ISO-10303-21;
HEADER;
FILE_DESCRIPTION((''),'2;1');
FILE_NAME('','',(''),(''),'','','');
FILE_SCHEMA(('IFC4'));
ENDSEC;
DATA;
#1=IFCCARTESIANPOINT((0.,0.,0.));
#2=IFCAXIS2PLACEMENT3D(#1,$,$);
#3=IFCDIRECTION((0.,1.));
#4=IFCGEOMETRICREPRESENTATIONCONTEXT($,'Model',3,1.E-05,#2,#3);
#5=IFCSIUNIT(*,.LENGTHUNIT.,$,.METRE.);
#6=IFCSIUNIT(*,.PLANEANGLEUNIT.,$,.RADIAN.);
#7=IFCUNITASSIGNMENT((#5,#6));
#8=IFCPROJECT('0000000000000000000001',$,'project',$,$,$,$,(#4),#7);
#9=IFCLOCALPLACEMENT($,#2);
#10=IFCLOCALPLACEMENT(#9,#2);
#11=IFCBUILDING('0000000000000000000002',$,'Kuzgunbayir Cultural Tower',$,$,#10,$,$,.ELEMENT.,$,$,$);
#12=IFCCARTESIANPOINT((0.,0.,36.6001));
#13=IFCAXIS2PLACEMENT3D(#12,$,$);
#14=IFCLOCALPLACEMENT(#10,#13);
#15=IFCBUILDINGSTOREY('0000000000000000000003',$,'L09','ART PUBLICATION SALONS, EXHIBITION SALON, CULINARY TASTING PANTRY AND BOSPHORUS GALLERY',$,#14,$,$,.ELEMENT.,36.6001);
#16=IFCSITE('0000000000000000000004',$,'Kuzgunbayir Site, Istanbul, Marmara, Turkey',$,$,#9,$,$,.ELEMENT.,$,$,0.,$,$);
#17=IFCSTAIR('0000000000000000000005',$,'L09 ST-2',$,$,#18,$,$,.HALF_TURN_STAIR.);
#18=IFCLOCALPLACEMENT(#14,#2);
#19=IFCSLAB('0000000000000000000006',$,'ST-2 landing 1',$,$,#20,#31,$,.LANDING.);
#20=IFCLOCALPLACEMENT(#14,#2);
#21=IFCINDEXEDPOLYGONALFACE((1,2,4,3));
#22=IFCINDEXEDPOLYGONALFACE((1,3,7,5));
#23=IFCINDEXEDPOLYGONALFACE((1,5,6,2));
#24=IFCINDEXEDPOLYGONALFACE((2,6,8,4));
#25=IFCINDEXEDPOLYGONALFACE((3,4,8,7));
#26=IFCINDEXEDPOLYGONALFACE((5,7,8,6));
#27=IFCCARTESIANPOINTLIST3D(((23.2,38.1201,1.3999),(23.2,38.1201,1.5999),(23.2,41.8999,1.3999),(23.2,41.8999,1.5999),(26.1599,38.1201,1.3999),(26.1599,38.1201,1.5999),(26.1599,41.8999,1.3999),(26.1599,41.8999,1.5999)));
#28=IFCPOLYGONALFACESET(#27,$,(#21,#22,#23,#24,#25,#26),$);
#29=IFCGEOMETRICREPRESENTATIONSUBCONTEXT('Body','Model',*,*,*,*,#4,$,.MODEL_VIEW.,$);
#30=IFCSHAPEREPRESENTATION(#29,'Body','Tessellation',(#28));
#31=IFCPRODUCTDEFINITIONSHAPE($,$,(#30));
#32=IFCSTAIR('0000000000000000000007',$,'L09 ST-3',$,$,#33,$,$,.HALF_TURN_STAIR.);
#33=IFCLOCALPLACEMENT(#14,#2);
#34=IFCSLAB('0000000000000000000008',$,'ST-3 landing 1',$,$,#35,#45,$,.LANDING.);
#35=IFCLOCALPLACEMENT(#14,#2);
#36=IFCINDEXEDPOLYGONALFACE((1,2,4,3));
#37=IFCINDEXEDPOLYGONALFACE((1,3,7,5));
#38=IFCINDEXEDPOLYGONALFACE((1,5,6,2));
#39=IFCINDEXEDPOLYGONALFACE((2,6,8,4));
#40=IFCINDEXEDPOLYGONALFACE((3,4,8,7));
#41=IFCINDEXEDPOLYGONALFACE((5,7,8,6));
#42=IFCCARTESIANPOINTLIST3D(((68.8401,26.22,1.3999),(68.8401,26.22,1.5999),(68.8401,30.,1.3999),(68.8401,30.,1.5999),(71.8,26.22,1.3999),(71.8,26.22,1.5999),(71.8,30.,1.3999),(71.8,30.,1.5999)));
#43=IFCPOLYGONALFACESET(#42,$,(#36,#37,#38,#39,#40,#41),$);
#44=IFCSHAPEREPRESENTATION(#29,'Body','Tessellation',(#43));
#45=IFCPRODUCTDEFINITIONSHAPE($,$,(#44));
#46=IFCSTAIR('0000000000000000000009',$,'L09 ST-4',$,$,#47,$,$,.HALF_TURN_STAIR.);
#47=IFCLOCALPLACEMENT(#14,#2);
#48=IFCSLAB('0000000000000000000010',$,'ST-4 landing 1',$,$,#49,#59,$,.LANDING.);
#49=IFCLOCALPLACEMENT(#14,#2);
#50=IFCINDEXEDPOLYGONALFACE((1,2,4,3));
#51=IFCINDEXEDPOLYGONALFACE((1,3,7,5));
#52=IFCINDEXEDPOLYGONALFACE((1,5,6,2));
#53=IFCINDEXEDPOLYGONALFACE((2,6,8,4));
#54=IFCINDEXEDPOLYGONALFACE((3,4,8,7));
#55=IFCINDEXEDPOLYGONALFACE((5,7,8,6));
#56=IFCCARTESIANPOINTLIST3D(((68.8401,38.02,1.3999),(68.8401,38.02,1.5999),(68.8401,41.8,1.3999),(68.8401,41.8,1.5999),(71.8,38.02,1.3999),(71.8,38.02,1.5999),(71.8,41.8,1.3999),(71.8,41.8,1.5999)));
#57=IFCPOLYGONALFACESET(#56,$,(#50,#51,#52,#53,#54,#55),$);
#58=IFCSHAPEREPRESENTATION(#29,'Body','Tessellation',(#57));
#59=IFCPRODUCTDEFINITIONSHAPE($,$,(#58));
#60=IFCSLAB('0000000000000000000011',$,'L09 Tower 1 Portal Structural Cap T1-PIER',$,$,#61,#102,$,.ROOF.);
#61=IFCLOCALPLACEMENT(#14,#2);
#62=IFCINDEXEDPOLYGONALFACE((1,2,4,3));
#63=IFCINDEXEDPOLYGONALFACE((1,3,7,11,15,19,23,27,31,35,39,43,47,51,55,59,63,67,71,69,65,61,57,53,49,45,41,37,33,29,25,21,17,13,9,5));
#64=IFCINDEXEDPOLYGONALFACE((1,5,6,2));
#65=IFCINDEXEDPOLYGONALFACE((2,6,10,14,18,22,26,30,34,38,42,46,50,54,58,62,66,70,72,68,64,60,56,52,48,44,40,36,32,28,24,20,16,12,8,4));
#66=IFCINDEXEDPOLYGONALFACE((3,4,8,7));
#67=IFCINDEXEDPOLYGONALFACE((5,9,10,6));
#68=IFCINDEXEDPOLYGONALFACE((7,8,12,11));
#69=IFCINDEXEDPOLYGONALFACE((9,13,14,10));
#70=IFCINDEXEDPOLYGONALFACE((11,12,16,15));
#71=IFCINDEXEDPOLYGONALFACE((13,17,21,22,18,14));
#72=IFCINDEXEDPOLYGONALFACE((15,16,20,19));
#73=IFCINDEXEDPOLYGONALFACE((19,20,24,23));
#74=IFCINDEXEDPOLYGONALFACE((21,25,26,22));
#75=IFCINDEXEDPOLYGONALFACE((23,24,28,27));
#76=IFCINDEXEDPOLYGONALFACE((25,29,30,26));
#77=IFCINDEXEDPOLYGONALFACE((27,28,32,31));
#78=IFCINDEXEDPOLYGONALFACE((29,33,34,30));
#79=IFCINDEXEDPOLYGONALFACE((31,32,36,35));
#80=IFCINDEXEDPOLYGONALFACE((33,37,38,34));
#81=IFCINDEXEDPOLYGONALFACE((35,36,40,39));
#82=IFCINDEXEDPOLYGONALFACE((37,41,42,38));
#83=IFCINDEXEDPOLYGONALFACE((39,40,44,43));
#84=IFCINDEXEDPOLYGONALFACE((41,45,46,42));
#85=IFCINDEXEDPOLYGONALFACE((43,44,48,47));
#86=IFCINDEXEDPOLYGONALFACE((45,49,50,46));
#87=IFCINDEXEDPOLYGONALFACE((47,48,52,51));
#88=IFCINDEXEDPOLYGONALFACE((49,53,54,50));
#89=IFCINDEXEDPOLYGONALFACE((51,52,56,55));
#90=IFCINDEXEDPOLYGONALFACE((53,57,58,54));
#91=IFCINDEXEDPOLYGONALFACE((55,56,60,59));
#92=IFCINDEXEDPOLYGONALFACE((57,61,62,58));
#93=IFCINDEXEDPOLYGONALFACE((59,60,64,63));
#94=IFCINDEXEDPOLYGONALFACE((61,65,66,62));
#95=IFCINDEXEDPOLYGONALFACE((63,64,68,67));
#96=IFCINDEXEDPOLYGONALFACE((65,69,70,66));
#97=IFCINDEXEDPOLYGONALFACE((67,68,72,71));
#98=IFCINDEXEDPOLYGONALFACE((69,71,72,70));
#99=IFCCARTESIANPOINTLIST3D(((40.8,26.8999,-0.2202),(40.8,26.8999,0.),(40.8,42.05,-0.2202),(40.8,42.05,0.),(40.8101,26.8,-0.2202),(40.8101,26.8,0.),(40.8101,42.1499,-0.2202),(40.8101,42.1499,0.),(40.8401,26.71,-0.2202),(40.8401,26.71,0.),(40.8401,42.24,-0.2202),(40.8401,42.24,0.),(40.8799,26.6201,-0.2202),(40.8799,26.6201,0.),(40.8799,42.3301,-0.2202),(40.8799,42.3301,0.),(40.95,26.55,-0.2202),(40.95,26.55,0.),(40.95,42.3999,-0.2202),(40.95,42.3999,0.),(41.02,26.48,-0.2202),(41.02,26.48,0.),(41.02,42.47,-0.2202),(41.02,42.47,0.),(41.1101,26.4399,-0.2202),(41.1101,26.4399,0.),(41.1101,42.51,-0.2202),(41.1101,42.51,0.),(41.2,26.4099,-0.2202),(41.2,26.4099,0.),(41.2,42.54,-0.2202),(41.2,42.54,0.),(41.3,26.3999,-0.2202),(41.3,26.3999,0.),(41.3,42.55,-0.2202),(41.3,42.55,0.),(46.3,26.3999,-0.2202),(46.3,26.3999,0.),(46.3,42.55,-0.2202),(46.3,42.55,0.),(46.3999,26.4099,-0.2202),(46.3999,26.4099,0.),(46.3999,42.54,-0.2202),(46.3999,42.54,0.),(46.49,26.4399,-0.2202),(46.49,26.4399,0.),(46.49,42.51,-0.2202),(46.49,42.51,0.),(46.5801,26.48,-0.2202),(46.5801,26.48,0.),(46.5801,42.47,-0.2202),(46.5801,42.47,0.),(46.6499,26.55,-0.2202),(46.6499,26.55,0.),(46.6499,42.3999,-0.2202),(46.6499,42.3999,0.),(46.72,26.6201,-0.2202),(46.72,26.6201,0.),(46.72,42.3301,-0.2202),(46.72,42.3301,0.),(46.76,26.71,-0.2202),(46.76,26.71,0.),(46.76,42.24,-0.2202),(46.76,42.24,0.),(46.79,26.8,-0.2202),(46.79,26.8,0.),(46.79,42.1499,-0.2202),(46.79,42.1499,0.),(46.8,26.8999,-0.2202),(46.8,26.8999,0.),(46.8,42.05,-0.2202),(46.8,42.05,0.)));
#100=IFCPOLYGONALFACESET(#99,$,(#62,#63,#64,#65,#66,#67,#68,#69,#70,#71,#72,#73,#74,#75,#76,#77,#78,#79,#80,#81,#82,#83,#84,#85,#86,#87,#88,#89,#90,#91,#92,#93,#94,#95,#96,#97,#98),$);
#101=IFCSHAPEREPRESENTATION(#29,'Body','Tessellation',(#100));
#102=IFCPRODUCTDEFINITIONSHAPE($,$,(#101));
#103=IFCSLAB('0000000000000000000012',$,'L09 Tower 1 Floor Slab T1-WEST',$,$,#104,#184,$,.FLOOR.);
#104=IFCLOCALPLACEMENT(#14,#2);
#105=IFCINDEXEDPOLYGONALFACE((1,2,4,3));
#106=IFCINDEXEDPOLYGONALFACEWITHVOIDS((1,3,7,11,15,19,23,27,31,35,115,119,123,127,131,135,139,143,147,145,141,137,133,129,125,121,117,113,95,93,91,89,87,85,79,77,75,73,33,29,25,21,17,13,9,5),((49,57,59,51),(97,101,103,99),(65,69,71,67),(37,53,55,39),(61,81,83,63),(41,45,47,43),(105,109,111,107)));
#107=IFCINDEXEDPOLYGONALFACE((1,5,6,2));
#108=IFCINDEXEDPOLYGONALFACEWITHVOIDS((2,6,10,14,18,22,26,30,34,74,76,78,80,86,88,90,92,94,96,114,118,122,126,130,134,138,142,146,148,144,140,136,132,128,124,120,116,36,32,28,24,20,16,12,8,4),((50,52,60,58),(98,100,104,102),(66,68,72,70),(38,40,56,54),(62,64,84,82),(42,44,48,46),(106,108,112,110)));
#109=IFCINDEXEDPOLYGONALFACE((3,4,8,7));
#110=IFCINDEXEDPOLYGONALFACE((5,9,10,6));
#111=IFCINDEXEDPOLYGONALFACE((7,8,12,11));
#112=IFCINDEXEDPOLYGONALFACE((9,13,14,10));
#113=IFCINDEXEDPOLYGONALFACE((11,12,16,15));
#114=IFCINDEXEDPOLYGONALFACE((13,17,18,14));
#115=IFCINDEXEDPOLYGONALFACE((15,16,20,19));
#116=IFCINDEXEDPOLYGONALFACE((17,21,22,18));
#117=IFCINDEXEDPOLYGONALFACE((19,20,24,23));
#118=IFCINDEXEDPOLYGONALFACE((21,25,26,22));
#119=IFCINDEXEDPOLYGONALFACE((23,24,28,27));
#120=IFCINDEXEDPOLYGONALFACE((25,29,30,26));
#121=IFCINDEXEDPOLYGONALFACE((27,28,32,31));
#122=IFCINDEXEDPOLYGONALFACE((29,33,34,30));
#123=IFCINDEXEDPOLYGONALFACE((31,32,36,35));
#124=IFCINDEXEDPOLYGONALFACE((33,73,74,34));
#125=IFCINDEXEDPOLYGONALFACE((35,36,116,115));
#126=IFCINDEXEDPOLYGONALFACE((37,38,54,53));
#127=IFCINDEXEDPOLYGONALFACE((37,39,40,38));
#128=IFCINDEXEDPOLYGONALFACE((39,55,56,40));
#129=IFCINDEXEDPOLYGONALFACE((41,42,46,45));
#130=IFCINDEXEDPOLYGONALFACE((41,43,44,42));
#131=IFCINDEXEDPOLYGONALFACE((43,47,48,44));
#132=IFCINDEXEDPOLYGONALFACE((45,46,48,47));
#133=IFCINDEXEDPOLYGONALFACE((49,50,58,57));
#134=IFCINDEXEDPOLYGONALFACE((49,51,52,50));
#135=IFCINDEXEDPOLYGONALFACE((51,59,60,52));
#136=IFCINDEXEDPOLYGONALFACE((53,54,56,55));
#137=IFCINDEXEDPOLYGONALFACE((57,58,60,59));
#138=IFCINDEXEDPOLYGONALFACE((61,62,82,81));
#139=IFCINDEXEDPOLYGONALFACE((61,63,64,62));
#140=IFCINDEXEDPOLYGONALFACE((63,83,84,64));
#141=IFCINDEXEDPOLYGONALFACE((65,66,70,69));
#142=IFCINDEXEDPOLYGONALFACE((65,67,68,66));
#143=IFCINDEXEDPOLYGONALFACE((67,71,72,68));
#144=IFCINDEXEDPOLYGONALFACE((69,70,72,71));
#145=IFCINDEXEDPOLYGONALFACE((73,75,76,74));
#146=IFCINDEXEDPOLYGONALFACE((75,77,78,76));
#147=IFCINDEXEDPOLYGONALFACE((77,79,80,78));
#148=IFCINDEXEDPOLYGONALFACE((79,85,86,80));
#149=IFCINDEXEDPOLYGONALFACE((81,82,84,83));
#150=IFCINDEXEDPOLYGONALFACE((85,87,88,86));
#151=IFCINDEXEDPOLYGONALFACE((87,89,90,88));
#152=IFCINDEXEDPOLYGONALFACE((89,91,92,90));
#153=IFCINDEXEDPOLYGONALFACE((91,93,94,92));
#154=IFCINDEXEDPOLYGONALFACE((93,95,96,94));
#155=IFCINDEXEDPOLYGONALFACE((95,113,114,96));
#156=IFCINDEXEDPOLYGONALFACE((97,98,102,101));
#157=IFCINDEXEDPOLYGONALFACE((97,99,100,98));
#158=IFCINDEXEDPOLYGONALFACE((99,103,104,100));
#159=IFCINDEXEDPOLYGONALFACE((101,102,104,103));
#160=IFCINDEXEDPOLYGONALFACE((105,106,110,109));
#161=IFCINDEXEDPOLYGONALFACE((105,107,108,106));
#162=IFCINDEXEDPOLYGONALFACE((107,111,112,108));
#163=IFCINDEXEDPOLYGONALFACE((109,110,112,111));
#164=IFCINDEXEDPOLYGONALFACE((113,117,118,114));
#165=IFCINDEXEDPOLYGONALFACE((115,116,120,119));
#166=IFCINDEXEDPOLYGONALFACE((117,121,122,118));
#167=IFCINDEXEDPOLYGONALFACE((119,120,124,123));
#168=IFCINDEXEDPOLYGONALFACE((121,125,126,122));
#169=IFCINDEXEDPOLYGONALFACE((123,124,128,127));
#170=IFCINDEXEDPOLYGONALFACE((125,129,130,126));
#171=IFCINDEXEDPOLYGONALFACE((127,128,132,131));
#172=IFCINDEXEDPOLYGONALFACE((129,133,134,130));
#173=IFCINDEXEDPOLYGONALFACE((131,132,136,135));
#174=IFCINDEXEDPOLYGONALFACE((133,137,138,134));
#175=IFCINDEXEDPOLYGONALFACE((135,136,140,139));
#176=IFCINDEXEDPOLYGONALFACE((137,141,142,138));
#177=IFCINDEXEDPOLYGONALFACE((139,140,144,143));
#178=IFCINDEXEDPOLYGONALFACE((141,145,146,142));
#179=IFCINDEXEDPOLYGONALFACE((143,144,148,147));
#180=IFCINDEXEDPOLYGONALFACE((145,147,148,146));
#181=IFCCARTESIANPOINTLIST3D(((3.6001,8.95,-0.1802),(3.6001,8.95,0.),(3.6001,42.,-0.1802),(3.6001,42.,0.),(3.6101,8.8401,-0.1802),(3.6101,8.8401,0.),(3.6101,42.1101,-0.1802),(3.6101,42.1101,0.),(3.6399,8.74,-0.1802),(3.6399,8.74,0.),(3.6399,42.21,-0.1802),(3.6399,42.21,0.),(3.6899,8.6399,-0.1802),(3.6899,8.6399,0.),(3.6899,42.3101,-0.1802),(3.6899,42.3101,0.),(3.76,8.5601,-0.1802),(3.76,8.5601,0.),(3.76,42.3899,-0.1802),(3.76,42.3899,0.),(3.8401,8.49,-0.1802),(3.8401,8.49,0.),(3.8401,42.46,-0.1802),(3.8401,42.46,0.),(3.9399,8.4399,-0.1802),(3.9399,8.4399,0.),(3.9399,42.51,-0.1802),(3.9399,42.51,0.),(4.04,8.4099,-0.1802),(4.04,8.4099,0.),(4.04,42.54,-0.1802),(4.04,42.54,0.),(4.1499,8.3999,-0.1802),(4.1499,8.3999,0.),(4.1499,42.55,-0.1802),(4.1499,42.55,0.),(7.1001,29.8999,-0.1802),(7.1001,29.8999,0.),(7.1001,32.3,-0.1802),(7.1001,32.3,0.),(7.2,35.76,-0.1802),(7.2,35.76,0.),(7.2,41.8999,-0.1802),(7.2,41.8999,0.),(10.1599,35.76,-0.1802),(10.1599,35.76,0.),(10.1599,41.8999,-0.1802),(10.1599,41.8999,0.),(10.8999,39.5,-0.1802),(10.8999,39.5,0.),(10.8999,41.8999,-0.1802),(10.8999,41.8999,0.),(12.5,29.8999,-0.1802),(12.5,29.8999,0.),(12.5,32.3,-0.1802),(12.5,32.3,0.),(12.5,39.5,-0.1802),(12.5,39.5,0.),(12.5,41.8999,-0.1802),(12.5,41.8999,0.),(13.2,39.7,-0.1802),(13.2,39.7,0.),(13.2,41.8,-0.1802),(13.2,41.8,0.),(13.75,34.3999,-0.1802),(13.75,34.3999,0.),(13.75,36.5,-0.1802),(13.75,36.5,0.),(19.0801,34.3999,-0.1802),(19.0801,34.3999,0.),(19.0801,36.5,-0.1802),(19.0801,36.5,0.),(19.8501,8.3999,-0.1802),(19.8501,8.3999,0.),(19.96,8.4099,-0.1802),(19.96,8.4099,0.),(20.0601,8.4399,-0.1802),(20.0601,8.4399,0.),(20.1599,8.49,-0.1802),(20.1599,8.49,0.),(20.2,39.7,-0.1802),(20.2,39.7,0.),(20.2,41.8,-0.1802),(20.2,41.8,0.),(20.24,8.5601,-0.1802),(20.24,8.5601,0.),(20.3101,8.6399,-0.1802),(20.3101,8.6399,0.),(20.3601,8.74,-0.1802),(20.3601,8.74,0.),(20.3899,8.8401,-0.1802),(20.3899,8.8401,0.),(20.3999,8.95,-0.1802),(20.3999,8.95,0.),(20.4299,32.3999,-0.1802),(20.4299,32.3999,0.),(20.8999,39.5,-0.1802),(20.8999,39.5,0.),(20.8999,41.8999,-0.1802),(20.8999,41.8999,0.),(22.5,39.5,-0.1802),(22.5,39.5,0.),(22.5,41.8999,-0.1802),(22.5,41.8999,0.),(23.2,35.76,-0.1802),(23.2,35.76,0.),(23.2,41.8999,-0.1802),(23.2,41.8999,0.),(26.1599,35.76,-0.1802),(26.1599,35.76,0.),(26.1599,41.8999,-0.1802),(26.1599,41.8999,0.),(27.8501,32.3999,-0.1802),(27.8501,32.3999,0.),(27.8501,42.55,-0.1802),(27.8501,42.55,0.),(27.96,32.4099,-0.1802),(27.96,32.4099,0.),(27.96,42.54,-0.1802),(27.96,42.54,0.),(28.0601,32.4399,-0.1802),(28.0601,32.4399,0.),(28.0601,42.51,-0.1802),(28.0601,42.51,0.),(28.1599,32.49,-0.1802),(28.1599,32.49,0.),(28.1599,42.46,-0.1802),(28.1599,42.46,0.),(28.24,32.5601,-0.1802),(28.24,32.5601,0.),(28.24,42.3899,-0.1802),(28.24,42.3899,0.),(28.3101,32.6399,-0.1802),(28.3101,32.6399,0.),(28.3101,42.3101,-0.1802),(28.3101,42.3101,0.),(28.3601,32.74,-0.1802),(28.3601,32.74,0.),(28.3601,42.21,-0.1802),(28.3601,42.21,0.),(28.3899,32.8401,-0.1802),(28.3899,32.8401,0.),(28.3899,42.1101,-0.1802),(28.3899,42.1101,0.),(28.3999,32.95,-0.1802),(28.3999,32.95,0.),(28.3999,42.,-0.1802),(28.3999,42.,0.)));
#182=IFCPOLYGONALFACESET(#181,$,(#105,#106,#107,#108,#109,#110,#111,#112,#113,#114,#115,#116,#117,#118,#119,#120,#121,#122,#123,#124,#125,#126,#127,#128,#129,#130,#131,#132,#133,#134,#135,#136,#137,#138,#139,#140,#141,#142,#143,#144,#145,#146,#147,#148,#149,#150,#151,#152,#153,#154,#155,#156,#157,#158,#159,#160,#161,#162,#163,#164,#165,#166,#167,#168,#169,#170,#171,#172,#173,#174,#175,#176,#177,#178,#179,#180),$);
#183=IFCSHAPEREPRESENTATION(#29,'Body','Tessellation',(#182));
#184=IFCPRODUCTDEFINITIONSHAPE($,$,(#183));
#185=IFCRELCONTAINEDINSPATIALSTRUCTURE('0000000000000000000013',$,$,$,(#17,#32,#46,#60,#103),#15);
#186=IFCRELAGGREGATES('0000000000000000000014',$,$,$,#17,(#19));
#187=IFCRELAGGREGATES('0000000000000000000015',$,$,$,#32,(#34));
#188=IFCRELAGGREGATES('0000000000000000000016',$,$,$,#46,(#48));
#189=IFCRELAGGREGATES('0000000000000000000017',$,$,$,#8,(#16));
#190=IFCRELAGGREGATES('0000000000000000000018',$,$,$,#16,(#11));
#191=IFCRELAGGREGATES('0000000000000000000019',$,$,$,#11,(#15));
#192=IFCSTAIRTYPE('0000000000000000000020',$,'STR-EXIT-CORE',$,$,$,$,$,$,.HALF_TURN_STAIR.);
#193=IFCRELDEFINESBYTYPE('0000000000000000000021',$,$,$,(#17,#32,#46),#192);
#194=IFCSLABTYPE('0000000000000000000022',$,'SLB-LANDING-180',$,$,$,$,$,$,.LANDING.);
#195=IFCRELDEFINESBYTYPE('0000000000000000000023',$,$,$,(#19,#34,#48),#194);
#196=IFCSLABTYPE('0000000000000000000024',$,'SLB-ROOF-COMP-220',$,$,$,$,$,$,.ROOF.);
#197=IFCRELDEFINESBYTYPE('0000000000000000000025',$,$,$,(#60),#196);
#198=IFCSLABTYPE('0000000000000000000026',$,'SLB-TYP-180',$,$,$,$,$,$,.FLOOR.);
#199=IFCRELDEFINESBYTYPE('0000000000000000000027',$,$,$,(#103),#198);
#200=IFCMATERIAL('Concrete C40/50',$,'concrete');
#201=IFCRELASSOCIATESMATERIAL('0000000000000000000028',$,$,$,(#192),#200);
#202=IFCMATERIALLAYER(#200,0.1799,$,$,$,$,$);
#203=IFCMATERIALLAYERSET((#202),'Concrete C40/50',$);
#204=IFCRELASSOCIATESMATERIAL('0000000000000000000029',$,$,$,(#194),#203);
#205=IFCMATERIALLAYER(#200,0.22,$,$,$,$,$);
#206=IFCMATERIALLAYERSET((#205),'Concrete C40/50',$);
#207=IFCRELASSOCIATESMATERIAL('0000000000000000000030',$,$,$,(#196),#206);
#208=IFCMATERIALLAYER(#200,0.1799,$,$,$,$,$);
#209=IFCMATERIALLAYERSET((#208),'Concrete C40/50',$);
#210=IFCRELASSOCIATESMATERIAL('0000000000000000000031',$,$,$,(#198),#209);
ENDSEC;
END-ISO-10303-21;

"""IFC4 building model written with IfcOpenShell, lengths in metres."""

from ifc_helpers import new_model, si_unit, direction, frame, origin, place, context, subcontext, project, spatial, polyline, outline, extrude, material, layer, layer_set, type_object, element, aggregate, save


model = new_model("IFC4")

# Units and contexts
model_context = context("Model", 3, precision=1e-05, world=origin(), true_north=direction((0.0, 1.0)))
body_context = subcontext(model_context, "Body", "Model", "MODEL_VIEW")
ifc_project = project(units=[si_unit("LENGTHUNIT", "METRE"), si_unit("PLANEANGLEUNIT", "RADIAN")], contexts=[model_context])

# Site, building, storey
site_placement = place(None, origin())
site = spatial("IfcSite", under=ifc_project, at=site_placement, Name="Kuzgunbayir Site, Istanbul, Marmara, Turkey", CompositionType="ELEMENT", RefElevation=0.0)
building_placement = place(site_placement, origin())
building = spatial("IfcBuilding", under=site, at=building_placement, Name="Kuzgunbayir Cultural Tower", CompositionType="ELEMENT")
storey_placement = place(building_placement, frame((0.0, 0.0, 36.6001)))
storey = spatial("IfcBuildingStorey", under=building, at=storey_placement, Name="L09", Description="ART PUBLICATION SALONS, EXHIBITION SALON, CULINARY TASTING PANTRY AND BOSPHORUS GALLERY", CompositionType="ELEMENT", Elevation=36.6001)

# Shared definitions
ifc_material_1 = material(Name="Concrete C40/50", Category="concrete")

# Stairs, slabs
stair_type = type_object("IfcStairType", Name="STR-EXIT-CORE", PredefinedType="HALF_TURN_STAIR", material=ifc_material_1)
ifc_layer_1 = layer(ifc_material_1, 0.1799)
ifc_layer_set_1 = layer_set([ifc_layer_1], Name="Concrete C40/50")
slab_type_1 = type_object("IfcSlabType", Name="SLB-LANDING-180", PredefinedType="LANDING", material=ifc_layer_set_1)
stair_1_placement = place(storey_placement, origin())
stair_1 = element("IfcStair", 1, at=stair_1_placement, inside=storey, type_object=stair_type, Name="L09 ST-2", PredefinedType="HALF_TURN_STAIR")
slab_1_placement = place(storey_placement, frame((0.0, 0.0, 1.3999)))
slab_1 = element("IfcSlab", 2, at=slab_1_placement, type_object=slab_type_1, Name="ST-2 landing 1", PredefinedType="LANDING", context=body_context, shape_type="SweptSolid", body=[
    extrude(outline(polyline([(26.1599, 38.1201), (26.1599, 41.8999), (23.2, 41.8999), (23.2, 38.1201), (26.1599, 38.1201)])), origin(), (0.0, 0.0, 1.0), 0.2),
])
aggregate(stair_1, [slab_1])
stair_2_placement = place(storey_placement, origin())
stair_2 = element("IfcStair", 3, at=stair_2_placement, inside=storey, type_object=stair_type, Name="L09 ST-3", PredefinedType="HALF_TURN_STAIR")
slab_2_placement = place(storey_placement, frame((0.0, 0.0, 1.3999)))
slab_2 = element("IfcSlab", 4, at=slab_2_placement, type_object=slab_type_1, Name="ST-3 landing 1", PredefinedType="LANDING", context=body_context, shape_type="SweptSolid", body=[
    extrude(outline(polyline([(71.8, 26.22), (71.8, 30.0), (68.8401, 30.0), (68.8401, 26.22), (71.8, 26.22)])), origin(), (0.0, 0.0, 1.0), 0.2),
])
aggregate(stair_2, [slab_2])
stair_3_placement = place(storey_placement, origin())
stair_3 = element("IfcStair", 5, at=stair_3_placement, inside=storey, type_object=stair_type, Name="L09 ST-4", PredefinedType="HALF_TURN_STAIR")
slab_3_placement = place(storey_placement, frame((0.0, 0.0, 1.3999)))
slab_3 = element("IfcSlab", 6, at=slab_3_placement, type_object=slab_type_1, Name="ST-4 landing 1", PredefinedType="LANDING", context=body_context, shape_type="SweptSolid", body=[
    extrude(outline(polyline([(71.8, 38.02), (71.8, 41.8), (68.8401, 41.8), (68.8401, 38.02), (71.8, 38.02)])), origin(), (0.0, 0.0, 1.0), 0.2),
])
aggregate(stair_3, [slab_3])

# Slabs
ifc_layer_2 = layer(ifc_material_1, 0.22)
ifc_layer_set_2 = layer_set([ifc_layer_2], Name="Concrete C40/50")
slab_type_2 = type_object("IfcSlabType", Name="SLB-ROOF-COMP-220", PredefinedType="ROOF", material=ifc_layer_set_2)
slab_4_placement = place(storey_placement, frame((0.0, 0.0, -0.2202)))
element("IfcSlab", 7, at=slab_4_placement, inside=storey, type_object=slab_type_2, Name="L09 Tower 1 Portal Structural Cap T1-PIER", PredefinedType="ROOF", context=body_context, shape_type="SweptSolid", body=[
    extrude(outline(polyline([(46.3, 26.3999), (46.3999, 26.4099), (46.49, 26.4399), (46.5801, 26.48), (46.6499, 26.55), (46.72, 26.6201), (46.76, 26.71), (46.79, 26.8), (46.8, 26.8999), (46.8, 42.05), (46.79, 42.1499), (46.76, 42.24), (46.72, 42.3301), (46.6499, 42.3999), (46.5801, 42.47), (46.49, 42.51), (46.3999, 42.54), (46.3, 42.55), (41.3, 42.55), (41.2, 42.54), (41.1101, 42.51), (41.02, 42.47), (40.95, 42.3999), (40.8799, 42.3301), (40.8401, 42.24), (40.8101, 42.1499), (40.8, 42.05), (40.8, 26.8999), (40.8101, 26.8), (40.8401, 26.71), (40.8799, 26.6201), (40.95, 26.55), (41.02, 26.48), (41.1101, 26.4399), (41.2, 26.4099), (41.3, 26.3999), (46.3, 26.3999)])), origin(), (0.0, 0.0, 1.0), 0.2202),
])
ifc_layer_3 = layer(ifc_material_1, 0.1799)
ifc_layer_set_3 = layer_set([ifc_layer_3], Name="Concrete C40/50")
slab_type_3 = type_object("IfcSlabType", Name="SLB-TYP-180", PredefinedType="FLOOR", material=ifc_layer_set_3)
slab_5_placement = place(storey_placement, frame((0.0, 0.0, -0.1802)))
element("IfcSlab", 8, at=slab_5_placement, inside=storey, type_object=slab_type_3, Name="L09 Tower 1 Floor Slab T1-WEST", PredefinedType="FLOOR", context=body_context, shape_type="SweptSolid", body=[
    extrude(outline(polyline([(20.3999, 8.95), (20.3899, 8.8401), (20.3601, 8.74), (20.3101, 8.6399), (20.24, 8.5601), (20.1599, 8.49), (20.0601, 8.4399), (19.96, 8.4099), (19.8501, 8.3999), (4.1499, 8.3999), (4.04, 8.4099), (3.9399, 8.4399), (3.8401, 8.49), (3.76, 8.5601), (3.6899, 8.6399), (3.6399, 8.74), (3.6101, 8.8401), (3.6001, 8.95), (3.6001, 42.0), (3.6101, 42.1101), (3.6399, 42.21), (3.6899, 42.3101), (3.76, 42.3899), (3.8401, 42.46), (3.9399, 42.51), (4.04, 42.54), (4.1499, 42.55), (27.8501, 42.55), (27.96, 42.54), (28.0601, 42.51), (28.1599, 42.46), (28.24, 42.3899), (28.3101, 42.3101), (28.3601, 42.21), (28.3899, 42.1101), (28.3999, 42.0), (28.3999, 32.95), (28.3899, 32.8401), (28.3601, 32.74), (28.3101, 32.6399), (28.24, 32.5601), (28.1599, 32.49), (28.0601, 32.4399), (27.96, 32.4099), (27.8501, 32.3999), (20.4299, 32.3999), (20.3999, 8.95)]), holes=[polyline([(7.2, 35.76), (7.2, 41.8999), (10.1599, 41.8999), (10.1599, 35.76), (7.2, 35.76)]), polyline([(23.2, 35.76), (23.2, 41.8999), (26.1599, 41.8999), (26.1599, 35.76), (23.2, 35.76)]), polyline([(13.2, 39.7), (13.2, 41.8), (20.2, 41.8), (20.2, 39.7), (13.2, 39.7)]), polyline([(13.75, 34.3999), (13.75, 36.5), (19.0801, 36.5), (19.0801, 34.3999), (13.75, 34.3999)]), polyline([(7.1001, 29.8999), (7.1001, 32.3), (12.5, 32.3), (12.5, 29.8999), (7.1001, 29.8999)]), polyline([(10.8999, 39.5), (10.8999, 41.8999), (12.5, 41.8999), (12.5, 39.5), (10.8999, 39.5)]), polyline([(20.8999, 39.5), (20.8999, 41.8999), (22.5, 41.8999), (22.5, 39.5), (20.8999, 39.5)])]), origin(), (0.0, 0.0, 1.0), 0.1802),
])

save(model, "model.ifc")
